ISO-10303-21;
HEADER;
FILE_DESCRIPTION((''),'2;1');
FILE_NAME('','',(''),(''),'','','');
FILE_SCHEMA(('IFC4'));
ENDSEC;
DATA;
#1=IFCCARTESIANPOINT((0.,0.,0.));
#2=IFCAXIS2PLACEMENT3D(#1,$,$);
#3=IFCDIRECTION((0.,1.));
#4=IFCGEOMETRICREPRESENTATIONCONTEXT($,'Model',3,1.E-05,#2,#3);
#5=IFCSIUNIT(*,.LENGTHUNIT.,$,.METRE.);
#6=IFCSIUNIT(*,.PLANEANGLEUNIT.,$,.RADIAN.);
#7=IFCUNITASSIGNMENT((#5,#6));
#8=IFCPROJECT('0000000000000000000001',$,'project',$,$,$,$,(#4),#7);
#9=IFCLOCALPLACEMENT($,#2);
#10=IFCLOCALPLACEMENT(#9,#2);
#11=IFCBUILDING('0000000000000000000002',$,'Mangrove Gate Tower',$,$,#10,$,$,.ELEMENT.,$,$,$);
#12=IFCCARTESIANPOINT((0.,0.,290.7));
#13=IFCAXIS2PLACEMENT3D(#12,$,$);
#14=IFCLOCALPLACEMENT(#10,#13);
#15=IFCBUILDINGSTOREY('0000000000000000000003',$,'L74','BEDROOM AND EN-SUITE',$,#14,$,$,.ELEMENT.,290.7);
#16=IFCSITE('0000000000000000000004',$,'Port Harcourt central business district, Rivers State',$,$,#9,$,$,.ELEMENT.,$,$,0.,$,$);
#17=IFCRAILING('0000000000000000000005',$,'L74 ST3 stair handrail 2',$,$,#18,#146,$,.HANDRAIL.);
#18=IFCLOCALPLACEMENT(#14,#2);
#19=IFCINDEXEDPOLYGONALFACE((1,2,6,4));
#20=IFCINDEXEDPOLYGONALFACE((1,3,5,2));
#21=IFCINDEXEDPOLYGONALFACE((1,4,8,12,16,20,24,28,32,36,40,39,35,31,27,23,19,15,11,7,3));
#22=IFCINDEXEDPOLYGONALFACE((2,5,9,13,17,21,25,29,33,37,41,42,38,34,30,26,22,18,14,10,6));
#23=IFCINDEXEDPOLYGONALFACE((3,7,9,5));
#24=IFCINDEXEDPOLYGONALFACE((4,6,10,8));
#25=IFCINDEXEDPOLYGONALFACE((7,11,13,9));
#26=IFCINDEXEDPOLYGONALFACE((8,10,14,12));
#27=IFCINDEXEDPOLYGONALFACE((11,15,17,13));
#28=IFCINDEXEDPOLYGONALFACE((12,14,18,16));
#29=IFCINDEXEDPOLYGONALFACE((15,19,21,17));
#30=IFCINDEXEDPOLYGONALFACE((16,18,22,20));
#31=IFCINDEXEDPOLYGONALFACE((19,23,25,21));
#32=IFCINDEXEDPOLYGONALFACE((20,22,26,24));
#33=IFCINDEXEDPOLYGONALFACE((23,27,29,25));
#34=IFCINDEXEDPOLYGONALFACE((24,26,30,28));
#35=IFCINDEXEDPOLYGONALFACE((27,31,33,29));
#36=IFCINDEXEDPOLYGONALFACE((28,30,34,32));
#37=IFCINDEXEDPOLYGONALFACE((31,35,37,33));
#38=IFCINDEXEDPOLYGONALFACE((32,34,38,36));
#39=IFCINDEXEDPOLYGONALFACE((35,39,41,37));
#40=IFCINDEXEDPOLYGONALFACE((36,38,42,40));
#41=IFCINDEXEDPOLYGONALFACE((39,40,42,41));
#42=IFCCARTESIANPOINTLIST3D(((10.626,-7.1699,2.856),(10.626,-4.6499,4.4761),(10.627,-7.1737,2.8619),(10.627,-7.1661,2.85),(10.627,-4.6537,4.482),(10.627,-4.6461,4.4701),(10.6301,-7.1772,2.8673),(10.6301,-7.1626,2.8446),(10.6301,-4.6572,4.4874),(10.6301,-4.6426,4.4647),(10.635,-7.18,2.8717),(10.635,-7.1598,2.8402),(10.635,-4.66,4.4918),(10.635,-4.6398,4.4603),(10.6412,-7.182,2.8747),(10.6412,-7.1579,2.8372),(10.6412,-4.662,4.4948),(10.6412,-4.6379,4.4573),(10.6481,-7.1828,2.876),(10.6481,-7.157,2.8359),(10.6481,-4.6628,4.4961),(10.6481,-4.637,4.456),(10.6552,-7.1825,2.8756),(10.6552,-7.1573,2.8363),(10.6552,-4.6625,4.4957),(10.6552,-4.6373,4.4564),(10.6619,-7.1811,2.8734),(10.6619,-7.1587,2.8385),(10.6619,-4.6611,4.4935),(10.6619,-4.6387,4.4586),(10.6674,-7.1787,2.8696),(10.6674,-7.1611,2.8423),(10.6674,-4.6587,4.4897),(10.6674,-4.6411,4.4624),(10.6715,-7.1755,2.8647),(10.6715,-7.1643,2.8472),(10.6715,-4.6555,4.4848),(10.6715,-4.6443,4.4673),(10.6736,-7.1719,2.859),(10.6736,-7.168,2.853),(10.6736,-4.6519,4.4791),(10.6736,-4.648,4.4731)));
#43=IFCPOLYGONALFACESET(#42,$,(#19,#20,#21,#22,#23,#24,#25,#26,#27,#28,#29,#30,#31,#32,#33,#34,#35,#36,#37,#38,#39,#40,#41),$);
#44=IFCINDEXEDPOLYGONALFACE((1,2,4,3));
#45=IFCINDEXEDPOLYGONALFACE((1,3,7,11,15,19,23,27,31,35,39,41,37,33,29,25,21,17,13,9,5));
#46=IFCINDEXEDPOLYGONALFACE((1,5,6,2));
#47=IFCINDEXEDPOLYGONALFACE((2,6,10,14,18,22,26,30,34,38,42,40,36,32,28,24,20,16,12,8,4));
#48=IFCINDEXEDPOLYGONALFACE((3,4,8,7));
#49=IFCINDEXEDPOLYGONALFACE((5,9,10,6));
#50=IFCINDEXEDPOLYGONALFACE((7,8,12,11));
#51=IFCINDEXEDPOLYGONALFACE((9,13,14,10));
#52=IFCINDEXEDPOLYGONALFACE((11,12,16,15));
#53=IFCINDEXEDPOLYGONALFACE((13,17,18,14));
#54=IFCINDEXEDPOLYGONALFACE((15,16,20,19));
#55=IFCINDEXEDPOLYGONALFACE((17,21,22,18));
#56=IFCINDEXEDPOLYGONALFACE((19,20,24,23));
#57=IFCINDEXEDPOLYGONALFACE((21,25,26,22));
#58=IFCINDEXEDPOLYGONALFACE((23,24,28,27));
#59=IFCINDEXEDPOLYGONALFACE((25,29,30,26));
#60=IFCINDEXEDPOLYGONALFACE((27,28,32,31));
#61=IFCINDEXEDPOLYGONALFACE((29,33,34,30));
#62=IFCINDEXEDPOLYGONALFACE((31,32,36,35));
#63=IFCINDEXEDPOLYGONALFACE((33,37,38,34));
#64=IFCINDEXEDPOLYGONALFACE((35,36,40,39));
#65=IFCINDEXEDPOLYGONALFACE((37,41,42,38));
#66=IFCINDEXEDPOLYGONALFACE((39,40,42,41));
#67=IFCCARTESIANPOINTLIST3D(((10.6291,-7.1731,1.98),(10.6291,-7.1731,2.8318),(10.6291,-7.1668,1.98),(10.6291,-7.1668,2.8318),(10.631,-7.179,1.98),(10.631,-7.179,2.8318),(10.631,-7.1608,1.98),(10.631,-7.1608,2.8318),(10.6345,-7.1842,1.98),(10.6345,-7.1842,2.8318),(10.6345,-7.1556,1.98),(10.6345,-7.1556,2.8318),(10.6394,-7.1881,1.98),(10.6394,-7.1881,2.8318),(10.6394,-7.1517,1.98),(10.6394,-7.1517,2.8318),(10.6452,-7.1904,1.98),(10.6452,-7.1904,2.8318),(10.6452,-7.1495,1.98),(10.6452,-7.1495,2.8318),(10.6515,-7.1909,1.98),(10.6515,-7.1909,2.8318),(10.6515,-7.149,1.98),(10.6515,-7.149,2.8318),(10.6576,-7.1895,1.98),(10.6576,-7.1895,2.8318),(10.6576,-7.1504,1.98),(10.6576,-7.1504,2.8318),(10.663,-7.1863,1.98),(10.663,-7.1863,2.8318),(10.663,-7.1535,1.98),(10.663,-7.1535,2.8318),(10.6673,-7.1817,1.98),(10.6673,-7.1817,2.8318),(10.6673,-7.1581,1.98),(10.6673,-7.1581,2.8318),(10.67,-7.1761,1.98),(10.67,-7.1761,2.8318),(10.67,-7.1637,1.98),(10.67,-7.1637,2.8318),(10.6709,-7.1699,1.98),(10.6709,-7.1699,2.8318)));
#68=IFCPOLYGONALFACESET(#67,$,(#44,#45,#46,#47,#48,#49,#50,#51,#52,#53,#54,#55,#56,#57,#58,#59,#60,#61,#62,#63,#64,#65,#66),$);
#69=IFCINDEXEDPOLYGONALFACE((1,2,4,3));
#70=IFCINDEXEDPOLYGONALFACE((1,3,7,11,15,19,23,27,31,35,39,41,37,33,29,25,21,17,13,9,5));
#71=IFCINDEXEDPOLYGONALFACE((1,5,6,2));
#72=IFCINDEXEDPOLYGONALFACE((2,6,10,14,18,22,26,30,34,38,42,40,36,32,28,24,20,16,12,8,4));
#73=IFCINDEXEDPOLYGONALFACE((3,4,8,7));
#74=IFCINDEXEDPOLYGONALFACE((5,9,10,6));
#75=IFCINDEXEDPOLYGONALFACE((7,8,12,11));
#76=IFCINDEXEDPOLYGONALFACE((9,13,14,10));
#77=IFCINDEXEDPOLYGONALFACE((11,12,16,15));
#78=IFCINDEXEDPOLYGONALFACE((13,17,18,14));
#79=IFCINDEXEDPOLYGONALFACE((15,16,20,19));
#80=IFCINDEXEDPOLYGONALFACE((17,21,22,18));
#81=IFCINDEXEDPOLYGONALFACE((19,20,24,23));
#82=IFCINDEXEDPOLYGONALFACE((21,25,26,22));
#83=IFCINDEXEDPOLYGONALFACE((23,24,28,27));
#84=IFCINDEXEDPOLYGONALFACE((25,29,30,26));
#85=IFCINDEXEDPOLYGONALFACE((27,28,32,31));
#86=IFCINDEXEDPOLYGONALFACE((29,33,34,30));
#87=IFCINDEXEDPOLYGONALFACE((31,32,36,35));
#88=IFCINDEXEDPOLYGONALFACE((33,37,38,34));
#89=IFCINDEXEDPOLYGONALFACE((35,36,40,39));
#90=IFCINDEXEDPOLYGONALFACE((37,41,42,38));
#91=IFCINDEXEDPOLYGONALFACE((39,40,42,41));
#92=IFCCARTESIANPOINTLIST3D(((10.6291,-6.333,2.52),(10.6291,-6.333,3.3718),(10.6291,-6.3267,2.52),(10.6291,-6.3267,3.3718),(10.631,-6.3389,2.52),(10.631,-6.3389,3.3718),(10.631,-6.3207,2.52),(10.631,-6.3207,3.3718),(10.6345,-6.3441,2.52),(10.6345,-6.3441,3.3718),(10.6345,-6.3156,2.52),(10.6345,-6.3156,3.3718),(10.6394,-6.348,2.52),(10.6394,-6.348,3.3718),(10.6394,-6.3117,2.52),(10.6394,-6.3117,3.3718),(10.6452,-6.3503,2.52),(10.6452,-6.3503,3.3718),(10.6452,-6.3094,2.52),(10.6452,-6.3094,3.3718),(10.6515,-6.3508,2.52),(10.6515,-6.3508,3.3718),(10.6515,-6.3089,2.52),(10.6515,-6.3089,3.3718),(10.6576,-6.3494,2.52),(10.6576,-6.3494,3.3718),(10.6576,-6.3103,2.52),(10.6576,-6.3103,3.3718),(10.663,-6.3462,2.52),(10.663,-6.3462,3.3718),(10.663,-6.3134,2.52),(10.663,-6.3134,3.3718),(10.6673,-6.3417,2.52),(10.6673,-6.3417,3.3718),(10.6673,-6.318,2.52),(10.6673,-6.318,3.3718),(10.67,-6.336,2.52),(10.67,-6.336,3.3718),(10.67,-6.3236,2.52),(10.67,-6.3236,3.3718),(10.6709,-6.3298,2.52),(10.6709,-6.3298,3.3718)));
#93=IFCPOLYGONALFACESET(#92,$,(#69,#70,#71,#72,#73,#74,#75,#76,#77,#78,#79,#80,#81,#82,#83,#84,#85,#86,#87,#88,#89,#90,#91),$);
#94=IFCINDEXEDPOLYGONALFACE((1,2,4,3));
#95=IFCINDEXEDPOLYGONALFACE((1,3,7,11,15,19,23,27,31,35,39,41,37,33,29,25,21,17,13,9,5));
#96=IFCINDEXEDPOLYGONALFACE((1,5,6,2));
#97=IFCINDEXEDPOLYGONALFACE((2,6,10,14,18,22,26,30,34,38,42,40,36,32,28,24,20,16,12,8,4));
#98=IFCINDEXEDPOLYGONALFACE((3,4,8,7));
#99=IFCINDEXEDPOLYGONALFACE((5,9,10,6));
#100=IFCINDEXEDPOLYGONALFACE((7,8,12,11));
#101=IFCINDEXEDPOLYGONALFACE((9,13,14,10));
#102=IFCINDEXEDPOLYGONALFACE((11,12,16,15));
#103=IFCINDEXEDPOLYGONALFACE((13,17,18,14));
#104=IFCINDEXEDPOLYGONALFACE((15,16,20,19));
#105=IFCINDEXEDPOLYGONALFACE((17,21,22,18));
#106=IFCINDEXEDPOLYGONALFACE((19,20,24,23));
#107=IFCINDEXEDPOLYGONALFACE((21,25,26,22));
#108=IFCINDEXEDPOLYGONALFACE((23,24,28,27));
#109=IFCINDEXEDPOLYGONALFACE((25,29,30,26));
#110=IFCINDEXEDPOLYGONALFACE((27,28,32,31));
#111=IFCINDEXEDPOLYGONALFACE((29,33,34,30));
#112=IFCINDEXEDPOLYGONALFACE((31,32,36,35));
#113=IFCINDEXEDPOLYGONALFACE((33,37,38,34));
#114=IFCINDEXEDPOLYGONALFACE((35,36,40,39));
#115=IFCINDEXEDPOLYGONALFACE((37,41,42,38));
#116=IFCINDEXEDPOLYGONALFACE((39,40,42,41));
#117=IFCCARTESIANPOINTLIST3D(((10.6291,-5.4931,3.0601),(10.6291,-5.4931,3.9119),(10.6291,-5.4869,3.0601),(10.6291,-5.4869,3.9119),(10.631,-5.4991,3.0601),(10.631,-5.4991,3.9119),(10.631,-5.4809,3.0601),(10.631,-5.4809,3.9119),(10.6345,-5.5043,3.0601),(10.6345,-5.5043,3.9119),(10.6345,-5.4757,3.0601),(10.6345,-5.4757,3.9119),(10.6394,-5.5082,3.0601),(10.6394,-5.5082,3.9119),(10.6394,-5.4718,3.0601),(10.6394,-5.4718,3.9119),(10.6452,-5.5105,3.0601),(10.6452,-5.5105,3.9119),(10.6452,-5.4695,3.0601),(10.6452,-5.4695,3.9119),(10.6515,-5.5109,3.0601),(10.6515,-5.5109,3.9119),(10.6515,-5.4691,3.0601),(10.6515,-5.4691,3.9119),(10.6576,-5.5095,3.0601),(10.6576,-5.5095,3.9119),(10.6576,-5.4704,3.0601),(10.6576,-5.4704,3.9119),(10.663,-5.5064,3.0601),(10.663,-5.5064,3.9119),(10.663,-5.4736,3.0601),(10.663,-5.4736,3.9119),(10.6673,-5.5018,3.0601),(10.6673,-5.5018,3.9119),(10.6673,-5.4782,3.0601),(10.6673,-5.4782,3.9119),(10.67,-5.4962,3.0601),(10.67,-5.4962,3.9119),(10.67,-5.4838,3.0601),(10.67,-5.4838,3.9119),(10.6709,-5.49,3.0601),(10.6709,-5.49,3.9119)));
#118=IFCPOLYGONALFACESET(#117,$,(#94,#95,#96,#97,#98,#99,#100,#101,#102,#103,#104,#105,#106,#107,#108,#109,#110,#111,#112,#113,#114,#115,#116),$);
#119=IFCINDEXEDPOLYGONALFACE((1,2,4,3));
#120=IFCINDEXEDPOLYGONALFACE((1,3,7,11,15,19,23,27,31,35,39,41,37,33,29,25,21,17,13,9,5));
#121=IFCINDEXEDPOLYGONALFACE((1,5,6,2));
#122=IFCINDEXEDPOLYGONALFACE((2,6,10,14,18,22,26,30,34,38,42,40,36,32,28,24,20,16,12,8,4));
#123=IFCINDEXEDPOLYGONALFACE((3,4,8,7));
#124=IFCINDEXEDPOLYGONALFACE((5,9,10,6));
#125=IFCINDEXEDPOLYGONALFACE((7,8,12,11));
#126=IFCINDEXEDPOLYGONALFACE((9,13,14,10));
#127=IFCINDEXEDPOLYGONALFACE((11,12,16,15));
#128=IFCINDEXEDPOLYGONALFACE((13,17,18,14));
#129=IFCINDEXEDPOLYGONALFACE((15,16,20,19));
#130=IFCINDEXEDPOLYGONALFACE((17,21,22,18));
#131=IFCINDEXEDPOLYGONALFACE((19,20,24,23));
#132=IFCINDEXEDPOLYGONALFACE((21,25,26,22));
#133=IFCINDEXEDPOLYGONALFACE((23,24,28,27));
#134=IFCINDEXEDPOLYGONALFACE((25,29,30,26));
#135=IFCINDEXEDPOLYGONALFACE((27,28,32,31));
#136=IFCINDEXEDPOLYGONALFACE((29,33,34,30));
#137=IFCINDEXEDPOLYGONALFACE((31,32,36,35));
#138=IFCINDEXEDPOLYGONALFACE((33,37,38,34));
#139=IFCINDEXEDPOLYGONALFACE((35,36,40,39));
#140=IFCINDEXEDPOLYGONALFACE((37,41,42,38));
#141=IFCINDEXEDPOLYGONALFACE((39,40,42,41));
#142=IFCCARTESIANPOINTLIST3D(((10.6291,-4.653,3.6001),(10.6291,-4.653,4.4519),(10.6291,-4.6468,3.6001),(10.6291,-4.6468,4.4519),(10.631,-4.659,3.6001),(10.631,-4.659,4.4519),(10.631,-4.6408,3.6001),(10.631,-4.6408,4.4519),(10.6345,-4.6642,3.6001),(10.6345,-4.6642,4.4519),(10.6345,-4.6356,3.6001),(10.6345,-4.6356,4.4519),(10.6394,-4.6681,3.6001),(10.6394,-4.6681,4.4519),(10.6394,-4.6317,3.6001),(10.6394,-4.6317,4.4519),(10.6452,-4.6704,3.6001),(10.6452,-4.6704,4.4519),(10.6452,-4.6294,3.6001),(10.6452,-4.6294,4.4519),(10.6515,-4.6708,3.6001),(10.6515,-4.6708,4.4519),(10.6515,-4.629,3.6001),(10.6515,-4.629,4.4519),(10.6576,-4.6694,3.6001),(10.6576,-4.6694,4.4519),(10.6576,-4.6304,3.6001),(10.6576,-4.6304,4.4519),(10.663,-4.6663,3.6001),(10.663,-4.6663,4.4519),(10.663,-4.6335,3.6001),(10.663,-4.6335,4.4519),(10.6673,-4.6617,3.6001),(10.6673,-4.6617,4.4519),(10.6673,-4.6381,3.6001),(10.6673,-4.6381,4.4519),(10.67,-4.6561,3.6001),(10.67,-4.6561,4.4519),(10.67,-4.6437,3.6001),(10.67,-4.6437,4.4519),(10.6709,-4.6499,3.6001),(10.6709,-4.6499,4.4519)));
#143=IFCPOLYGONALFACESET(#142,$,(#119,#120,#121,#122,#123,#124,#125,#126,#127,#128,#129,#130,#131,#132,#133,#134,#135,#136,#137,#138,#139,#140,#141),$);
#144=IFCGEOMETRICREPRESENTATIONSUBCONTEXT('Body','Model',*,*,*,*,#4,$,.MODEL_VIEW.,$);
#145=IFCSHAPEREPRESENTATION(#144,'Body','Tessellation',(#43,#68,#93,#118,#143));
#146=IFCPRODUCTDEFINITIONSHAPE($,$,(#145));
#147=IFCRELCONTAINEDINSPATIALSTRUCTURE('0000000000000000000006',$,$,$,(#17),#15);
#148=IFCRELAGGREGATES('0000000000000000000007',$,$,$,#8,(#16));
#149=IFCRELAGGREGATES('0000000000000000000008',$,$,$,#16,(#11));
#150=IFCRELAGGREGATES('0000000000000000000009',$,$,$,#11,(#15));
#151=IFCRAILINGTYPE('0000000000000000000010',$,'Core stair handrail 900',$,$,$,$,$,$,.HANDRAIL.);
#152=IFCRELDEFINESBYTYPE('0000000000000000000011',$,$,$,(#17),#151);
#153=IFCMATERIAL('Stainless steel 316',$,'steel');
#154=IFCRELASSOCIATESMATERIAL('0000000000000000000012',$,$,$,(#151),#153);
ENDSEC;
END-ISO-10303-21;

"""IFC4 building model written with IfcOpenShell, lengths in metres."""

from ifc_helpers import new_model, si_unit, direction, frame, origin, origin_2d, place, context, subcontext, project, spatial, circle, extrude, material, type_object, element, save


model = new_model("IFC4")

# Units and contexts
model_context = context("Model", 3, precision=1e-05, world=origin(), true_north=direction((0.0, 1.0)))
body_context = subcontext(model_context, "Body", "Model", "MODEL_VIEW")
ifc_project = project(units=[si_unit("LENGTHUNIT", "METRE"), si_unit("PLANEANGLEUNIT", "RADIAN")], contexts=[model_context])

# Site, building, storey
site_placement = place(None, origin())
site = spatial("IfcSite", under=ifc_project, at=site_placement, Name="Port Harcourt central business district, Rivers State", CompositionType="ELEMENT", RefElevation=0.0)
building_placement = place(site_placement, origin())
building = spatial("IfcBuilding", under=site, at=building_placement, Name="Mangrove Gate Tower", CompositionType="ELEMENT")
storey_placement = place(building_placement, frame((0.0, 0.0, 290.7)))
storey = spatial("IfcBuildingStorey", under=building, at=storey_placement, Name="L74", Description="BEDROOM AND EN-SUITE", CompositionType="ELEMENT", Elevation=290.7)

# Railing
ifc_material_1 = material(Name="Stainless steel 316", Category="steel")
railing_type_1 = type_object("IfcRailingType", Name="Core stair handrail 900", PredefinedType="HANDRAIL", material=ifc_material_1)
railing_1_placement = place(storey_placement, frame((10.6499, -7.1699, 1.98)))
element("IfcRailing", 1, at=railing_1_placement, inside=storey, type_object=railing_type_1, Name="L74 ST3 stair handrail 2", PredefinedType="HANDRAIL", context=body_context, shape_type="SweptSolid", body=[
    extrude(circle(Radius=0.0239, at=origin_2d()), frame((0.0, 0.0, 0.876), z_axis=(0.0, 0.841163, 0.540782), x_axis=(-1.0, 0.0, 0.0)), (0.0, 0.0, 1.0), 2.9958),
    extrude(circle(Radius=0.021, at=origin_2d()), origin(), (0.0, 0.0, 1.0), 0.8518),
    extrude(circle(Radius=0.021, at=origin_2d()), frame((0.0, 0.8401, 0.54)), (0.0, 0.0, 1.0), 0.8518),
    extrude(circle(Radius=0.021, at=origin_2d()), frame((0.0, 1.6799, 1.0801)), (0.0, 0.0, 1.0), 0.8518),
    extrude(circle(Radius=0.021, at=origin_2d()), frame((0.0, 2.52, 1.6201)), (0.0, 0.0, 1.0), 0.8518),
])

save(model, "model.ifc")
